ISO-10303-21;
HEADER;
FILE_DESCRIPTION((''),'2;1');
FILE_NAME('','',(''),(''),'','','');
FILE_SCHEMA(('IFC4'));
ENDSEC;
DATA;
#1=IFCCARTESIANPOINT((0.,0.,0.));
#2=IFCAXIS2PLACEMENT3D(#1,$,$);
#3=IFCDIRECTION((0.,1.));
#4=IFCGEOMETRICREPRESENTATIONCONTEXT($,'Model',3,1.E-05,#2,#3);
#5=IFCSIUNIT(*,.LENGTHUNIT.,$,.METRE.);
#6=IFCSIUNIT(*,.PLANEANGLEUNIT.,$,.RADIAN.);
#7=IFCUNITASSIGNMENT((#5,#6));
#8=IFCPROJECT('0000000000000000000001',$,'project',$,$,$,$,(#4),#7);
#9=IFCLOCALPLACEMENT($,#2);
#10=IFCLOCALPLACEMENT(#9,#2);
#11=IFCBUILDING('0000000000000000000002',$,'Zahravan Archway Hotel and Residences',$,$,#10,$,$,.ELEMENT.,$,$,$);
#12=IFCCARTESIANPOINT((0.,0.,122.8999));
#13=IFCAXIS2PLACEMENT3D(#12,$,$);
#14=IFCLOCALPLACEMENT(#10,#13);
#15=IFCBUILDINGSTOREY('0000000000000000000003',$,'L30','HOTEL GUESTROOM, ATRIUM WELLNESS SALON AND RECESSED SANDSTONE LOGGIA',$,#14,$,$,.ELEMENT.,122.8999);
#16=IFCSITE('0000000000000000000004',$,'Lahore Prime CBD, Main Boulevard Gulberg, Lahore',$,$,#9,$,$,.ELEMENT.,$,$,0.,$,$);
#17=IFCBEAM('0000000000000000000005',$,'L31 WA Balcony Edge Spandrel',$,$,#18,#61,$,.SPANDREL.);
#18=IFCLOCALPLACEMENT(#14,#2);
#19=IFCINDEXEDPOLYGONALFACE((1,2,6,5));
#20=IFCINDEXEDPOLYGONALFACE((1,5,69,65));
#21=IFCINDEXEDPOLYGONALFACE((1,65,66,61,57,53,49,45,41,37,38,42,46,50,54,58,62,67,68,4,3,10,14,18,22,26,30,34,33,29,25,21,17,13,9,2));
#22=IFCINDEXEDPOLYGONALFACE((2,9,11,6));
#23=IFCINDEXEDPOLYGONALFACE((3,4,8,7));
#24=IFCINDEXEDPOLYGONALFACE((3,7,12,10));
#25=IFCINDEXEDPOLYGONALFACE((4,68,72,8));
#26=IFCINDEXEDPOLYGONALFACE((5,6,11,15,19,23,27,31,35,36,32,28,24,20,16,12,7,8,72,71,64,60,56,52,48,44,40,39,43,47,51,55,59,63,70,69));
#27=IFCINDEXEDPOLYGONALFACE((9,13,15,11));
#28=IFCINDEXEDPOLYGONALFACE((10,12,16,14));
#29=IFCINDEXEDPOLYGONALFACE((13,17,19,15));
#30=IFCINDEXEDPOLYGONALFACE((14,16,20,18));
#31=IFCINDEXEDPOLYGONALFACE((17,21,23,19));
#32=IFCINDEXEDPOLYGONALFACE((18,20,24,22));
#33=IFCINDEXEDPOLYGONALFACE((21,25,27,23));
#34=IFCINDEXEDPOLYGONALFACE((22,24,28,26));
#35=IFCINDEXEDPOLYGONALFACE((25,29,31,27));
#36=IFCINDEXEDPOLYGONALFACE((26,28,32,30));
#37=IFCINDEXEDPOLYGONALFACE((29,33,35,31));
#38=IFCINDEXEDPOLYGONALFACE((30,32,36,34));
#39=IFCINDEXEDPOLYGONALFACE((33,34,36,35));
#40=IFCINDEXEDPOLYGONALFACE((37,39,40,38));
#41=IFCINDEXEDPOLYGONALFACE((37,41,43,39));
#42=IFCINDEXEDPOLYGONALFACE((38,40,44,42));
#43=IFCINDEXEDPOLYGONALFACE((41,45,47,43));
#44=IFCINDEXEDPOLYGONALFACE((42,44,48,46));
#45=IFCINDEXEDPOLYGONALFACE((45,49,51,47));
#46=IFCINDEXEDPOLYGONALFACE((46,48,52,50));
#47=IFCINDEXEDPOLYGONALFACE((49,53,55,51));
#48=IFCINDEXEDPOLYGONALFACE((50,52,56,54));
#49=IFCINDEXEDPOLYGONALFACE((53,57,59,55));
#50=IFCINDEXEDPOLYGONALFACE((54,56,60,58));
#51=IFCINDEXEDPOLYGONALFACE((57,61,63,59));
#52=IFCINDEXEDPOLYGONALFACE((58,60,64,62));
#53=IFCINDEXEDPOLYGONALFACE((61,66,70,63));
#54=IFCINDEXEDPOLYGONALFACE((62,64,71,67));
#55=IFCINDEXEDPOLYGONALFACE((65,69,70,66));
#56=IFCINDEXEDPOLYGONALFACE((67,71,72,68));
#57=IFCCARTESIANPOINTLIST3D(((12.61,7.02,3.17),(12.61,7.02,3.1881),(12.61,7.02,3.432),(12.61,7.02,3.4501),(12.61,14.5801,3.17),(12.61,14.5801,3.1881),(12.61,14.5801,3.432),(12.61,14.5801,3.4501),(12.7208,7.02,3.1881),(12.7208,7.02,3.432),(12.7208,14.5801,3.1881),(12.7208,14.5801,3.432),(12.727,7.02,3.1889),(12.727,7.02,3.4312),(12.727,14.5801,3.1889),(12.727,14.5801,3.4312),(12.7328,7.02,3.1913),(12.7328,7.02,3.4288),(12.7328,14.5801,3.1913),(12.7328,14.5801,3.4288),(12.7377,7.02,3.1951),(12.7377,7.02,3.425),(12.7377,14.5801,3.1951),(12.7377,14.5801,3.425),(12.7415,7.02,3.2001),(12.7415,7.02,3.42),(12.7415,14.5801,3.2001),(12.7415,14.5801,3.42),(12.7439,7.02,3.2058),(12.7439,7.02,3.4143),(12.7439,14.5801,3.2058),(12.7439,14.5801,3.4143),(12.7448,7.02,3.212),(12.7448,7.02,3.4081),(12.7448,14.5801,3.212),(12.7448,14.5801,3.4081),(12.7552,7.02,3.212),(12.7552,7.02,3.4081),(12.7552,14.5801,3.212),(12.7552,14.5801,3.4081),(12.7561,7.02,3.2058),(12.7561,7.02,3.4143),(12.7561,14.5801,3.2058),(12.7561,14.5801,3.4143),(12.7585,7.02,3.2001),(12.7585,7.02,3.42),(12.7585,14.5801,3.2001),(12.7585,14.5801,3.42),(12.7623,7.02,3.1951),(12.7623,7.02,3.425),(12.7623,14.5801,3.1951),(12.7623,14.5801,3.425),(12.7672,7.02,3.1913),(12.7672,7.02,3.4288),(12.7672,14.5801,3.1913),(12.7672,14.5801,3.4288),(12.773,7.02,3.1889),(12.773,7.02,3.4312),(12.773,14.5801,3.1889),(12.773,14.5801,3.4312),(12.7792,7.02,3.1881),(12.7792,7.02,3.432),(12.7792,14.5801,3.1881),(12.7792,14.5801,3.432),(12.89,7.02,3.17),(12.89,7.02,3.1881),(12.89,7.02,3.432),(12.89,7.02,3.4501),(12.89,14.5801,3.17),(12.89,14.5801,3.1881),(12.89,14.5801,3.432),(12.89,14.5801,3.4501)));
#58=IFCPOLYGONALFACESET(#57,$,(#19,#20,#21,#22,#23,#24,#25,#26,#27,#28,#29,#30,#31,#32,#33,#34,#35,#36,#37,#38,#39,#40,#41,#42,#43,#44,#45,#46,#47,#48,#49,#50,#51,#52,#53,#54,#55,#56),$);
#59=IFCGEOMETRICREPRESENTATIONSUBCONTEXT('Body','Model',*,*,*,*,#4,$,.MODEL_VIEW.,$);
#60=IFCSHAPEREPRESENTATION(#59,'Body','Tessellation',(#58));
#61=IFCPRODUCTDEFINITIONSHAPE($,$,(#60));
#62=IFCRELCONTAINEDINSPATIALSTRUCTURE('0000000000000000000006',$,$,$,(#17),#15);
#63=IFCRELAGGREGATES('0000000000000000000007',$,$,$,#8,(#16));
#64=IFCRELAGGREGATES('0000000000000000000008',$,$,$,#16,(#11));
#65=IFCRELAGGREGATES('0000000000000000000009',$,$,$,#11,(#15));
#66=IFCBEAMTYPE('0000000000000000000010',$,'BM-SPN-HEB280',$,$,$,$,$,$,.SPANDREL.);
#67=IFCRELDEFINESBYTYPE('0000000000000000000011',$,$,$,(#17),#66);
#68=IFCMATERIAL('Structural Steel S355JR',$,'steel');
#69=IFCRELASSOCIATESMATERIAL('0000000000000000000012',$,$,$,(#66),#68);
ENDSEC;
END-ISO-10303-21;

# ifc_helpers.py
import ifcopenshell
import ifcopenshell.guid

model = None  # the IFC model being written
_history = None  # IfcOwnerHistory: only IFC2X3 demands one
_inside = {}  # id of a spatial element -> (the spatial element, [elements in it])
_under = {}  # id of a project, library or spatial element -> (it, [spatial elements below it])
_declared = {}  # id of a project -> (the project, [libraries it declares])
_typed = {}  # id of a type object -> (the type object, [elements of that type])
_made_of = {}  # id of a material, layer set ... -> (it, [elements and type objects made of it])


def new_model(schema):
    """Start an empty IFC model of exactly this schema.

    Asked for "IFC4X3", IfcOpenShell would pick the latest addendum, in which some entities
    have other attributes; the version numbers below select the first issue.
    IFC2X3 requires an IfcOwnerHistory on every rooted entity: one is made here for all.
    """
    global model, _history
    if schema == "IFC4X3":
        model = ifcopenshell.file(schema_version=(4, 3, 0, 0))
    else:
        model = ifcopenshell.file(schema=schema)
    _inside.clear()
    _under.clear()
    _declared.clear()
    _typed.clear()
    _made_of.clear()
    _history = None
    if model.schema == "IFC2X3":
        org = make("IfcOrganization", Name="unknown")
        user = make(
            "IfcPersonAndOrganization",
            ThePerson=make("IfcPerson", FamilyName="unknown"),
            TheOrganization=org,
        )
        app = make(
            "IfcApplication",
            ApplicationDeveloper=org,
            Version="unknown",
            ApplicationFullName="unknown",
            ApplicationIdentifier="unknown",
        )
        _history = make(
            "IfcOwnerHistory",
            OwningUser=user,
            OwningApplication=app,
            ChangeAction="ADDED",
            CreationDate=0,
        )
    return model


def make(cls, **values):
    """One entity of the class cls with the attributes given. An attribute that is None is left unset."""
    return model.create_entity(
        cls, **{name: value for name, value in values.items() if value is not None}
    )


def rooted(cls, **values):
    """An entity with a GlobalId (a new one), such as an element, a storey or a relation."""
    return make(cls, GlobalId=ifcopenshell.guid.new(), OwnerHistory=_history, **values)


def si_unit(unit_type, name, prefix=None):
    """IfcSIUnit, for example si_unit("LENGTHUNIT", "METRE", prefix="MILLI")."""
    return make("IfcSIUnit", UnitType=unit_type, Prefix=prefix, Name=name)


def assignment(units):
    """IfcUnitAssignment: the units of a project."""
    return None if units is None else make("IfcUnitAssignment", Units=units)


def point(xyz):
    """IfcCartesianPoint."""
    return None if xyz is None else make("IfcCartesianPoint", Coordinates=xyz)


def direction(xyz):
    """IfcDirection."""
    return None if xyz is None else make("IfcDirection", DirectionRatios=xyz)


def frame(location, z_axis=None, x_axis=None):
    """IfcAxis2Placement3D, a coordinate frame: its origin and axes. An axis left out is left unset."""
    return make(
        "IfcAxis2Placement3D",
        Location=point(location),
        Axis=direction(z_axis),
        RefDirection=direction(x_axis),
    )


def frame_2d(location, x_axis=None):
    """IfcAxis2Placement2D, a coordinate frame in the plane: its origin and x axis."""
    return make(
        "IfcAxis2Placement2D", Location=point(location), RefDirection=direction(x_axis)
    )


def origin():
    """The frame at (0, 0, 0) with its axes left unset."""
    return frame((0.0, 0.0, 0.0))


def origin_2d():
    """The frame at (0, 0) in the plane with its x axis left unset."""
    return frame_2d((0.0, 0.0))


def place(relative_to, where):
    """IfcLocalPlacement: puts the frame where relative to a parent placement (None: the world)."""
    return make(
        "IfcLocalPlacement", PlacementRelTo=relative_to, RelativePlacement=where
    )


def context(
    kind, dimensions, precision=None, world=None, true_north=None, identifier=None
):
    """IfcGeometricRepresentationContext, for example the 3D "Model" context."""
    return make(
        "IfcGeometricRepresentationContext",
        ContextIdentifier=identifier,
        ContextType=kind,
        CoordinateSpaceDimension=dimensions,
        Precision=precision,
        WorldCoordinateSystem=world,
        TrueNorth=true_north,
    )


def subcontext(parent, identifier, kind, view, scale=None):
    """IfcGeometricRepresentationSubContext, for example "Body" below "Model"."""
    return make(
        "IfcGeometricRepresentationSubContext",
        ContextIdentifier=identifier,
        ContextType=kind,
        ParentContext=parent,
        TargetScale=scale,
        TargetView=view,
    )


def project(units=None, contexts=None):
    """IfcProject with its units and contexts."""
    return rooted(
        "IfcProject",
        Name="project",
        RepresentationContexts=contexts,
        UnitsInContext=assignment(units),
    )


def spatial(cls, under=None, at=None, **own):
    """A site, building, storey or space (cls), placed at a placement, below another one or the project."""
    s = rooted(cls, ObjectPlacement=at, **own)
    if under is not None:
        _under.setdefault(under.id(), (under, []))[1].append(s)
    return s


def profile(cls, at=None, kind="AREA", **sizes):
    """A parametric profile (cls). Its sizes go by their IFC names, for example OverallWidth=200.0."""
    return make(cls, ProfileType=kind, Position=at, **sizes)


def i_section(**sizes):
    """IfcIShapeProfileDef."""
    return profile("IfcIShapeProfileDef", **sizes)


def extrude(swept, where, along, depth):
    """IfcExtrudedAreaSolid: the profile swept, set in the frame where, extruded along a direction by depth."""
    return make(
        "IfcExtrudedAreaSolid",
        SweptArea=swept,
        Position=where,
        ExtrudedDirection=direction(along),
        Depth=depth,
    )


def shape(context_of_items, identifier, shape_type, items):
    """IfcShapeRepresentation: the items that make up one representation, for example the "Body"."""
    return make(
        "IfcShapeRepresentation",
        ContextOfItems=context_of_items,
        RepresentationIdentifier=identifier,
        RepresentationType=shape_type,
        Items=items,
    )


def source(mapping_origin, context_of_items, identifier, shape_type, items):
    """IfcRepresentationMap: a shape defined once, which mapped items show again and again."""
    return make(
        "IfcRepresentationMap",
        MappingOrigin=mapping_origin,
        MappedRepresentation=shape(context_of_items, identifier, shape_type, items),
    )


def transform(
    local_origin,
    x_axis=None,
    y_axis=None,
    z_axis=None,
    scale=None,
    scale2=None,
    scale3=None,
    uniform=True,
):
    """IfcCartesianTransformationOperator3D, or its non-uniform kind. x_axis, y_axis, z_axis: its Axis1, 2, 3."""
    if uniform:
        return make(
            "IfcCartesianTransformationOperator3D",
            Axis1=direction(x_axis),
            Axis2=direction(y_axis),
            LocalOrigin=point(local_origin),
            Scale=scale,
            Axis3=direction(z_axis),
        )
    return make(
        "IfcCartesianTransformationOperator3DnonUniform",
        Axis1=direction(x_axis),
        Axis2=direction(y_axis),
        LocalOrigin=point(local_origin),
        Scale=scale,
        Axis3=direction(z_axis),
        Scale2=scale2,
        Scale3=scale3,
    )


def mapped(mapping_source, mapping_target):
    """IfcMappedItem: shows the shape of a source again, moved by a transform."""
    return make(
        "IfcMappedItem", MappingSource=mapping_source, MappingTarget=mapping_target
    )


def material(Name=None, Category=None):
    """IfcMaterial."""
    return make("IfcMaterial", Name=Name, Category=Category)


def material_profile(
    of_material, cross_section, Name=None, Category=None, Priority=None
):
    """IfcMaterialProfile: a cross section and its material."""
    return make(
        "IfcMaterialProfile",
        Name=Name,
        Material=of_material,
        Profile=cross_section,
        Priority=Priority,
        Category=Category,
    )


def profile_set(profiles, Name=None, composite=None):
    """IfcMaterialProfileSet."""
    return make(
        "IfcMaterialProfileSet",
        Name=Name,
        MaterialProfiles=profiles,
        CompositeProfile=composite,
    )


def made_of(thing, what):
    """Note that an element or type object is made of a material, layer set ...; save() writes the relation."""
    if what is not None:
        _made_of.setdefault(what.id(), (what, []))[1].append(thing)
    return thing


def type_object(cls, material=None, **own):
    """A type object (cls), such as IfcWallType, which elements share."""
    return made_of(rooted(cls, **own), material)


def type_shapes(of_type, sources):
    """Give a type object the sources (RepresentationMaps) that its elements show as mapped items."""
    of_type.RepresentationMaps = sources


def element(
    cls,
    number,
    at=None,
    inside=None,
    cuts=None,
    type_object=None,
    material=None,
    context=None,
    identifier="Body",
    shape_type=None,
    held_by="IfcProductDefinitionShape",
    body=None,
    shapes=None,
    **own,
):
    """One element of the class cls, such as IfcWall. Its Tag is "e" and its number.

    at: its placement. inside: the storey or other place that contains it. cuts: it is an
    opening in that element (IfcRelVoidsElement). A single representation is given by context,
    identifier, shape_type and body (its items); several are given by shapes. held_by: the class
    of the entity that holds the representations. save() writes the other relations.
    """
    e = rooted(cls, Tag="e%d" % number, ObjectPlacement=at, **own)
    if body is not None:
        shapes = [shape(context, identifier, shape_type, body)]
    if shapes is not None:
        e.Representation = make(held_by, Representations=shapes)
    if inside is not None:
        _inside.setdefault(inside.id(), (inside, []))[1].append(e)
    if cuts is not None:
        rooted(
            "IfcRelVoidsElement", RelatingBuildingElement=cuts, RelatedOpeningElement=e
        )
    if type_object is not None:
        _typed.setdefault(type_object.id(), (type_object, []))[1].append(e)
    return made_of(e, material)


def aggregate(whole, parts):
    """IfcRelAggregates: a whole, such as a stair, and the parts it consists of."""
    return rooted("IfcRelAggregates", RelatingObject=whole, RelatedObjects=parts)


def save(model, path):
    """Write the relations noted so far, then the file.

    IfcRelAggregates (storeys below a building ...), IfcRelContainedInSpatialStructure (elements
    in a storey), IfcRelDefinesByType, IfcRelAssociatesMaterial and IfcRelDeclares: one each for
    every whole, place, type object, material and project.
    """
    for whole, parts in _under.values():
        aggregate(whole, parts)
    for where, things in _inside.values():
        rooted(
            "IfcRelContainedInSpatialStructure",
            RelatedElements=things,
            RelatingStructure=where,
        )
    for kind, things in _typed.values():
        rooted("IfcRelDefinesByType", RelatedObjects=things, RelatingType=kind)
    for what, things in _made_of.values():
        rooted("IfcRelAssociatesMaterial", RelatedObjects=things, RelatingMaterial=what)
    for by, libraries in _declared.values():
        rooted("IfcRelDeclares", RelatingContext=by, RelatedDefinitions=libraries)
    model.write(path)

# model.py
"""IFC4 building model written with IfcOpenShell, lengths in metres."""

from ifc_helpers import new_model, si_unit, direction, frame, origin, origin_2d, place, context, subcontext, project, spatial, i_section, extrude, source, transform, mapped, material, material_profile, profile_set, type_object, type_shapes, element, save


model = new_model("IFC4")

# Units and contexts
model_context = context("Model", 3, precision=1e-05, world=origin(), true_north=direction((0.0, 1.0)))
body_context = subcontext(model_context, "Body", "Model", "MODEL_VIEW")
ifc_project = project(units=[si_unit("LENGTHUNIT", "METRE"), si_unit("PLANEANGLEUNIT", "RADIAN")], contexts=[model_context])

# Site, building, storey
site_placement = place(None, origin())
site = spatial("IfcSite", under=ifc_project, at=site_placement, Name="Lahore Prime CBD, Main Boulevard Gulberg, Lahore", CompositionType="ELEMENT", RefElevation=0.0)
building_placement = place(site_placement, origin())
building = spatial("IfcBuilding", under=site, at=building_placement, Name="Zahravan Archway Hotel and Residences", CompositionType="ELEMENT")
storey_placement = place(building_placement, frame((0.0, 0.0, 122.8999)))
storey = spatial("IfcBuildingStorey", under=building, at=storey_placement, Name="L30", Description="HOTEL GUESTROOM, ATRIUM WELLNESS SALON AND RECESSED SANDSTONE LOGGIA", CompositionType="ELEMENT", Elevation=122.8999)

# Beam
ifc_material_1 = material(Name="Structural Steel S355JR", Category="steel")
ifc_material_profile = material_profile(ifc_material_1, i_section(OverallWidth=0.28, OverallDepth=0.28, WebThickness=0.0105, FlangeThickness=0.0181, FilletRadius=0.0239, at=origin_2d()), Name="HEB 280", Category="steel")
ifc_profile_set = profile_set([ifc_material_profile], Name="Structural Steel S355JR")
beam_type = type_object("IfcBeamType", Name="BM-SPN-HEB280", PredefinedType="SPANDREL", material=ifc_profile_set)
shared_shape_1 = source(origin(), body_context, "Body", "SweptSolid", [
    extrude(i_section(OverallWidth=0.28, OverallDepth=0.28, WebThickness=0.0105, FlangeThickness=0.0181, FilletRadius=0.0239, at=origin_2d()), origin(), (0.0, 0.0, 1.0), 7.5601),
])
type_shapes(beam_type, [shared_shape_1])
beam_placement = place(storey_placement, frame((12.75, 7.02, 3.3101), z_axis=(0.0, 1.0, 0.0), x_axis=(-1.0, 0.0, 0.0)))
element("IfcBeam", 1, at=beam_placement, inside=storey, type_object=beam_type, Name="L31 WA Balcony Edge Spandrel", PredefinedType="SPANDREL", context=body_context, shape_type="MappedRepresentation", body=[
    mapped(shared_shape_1, transform((0.0, 0.0, 0.0), scale=1.0)),
])

save(model, "model.ifc")
